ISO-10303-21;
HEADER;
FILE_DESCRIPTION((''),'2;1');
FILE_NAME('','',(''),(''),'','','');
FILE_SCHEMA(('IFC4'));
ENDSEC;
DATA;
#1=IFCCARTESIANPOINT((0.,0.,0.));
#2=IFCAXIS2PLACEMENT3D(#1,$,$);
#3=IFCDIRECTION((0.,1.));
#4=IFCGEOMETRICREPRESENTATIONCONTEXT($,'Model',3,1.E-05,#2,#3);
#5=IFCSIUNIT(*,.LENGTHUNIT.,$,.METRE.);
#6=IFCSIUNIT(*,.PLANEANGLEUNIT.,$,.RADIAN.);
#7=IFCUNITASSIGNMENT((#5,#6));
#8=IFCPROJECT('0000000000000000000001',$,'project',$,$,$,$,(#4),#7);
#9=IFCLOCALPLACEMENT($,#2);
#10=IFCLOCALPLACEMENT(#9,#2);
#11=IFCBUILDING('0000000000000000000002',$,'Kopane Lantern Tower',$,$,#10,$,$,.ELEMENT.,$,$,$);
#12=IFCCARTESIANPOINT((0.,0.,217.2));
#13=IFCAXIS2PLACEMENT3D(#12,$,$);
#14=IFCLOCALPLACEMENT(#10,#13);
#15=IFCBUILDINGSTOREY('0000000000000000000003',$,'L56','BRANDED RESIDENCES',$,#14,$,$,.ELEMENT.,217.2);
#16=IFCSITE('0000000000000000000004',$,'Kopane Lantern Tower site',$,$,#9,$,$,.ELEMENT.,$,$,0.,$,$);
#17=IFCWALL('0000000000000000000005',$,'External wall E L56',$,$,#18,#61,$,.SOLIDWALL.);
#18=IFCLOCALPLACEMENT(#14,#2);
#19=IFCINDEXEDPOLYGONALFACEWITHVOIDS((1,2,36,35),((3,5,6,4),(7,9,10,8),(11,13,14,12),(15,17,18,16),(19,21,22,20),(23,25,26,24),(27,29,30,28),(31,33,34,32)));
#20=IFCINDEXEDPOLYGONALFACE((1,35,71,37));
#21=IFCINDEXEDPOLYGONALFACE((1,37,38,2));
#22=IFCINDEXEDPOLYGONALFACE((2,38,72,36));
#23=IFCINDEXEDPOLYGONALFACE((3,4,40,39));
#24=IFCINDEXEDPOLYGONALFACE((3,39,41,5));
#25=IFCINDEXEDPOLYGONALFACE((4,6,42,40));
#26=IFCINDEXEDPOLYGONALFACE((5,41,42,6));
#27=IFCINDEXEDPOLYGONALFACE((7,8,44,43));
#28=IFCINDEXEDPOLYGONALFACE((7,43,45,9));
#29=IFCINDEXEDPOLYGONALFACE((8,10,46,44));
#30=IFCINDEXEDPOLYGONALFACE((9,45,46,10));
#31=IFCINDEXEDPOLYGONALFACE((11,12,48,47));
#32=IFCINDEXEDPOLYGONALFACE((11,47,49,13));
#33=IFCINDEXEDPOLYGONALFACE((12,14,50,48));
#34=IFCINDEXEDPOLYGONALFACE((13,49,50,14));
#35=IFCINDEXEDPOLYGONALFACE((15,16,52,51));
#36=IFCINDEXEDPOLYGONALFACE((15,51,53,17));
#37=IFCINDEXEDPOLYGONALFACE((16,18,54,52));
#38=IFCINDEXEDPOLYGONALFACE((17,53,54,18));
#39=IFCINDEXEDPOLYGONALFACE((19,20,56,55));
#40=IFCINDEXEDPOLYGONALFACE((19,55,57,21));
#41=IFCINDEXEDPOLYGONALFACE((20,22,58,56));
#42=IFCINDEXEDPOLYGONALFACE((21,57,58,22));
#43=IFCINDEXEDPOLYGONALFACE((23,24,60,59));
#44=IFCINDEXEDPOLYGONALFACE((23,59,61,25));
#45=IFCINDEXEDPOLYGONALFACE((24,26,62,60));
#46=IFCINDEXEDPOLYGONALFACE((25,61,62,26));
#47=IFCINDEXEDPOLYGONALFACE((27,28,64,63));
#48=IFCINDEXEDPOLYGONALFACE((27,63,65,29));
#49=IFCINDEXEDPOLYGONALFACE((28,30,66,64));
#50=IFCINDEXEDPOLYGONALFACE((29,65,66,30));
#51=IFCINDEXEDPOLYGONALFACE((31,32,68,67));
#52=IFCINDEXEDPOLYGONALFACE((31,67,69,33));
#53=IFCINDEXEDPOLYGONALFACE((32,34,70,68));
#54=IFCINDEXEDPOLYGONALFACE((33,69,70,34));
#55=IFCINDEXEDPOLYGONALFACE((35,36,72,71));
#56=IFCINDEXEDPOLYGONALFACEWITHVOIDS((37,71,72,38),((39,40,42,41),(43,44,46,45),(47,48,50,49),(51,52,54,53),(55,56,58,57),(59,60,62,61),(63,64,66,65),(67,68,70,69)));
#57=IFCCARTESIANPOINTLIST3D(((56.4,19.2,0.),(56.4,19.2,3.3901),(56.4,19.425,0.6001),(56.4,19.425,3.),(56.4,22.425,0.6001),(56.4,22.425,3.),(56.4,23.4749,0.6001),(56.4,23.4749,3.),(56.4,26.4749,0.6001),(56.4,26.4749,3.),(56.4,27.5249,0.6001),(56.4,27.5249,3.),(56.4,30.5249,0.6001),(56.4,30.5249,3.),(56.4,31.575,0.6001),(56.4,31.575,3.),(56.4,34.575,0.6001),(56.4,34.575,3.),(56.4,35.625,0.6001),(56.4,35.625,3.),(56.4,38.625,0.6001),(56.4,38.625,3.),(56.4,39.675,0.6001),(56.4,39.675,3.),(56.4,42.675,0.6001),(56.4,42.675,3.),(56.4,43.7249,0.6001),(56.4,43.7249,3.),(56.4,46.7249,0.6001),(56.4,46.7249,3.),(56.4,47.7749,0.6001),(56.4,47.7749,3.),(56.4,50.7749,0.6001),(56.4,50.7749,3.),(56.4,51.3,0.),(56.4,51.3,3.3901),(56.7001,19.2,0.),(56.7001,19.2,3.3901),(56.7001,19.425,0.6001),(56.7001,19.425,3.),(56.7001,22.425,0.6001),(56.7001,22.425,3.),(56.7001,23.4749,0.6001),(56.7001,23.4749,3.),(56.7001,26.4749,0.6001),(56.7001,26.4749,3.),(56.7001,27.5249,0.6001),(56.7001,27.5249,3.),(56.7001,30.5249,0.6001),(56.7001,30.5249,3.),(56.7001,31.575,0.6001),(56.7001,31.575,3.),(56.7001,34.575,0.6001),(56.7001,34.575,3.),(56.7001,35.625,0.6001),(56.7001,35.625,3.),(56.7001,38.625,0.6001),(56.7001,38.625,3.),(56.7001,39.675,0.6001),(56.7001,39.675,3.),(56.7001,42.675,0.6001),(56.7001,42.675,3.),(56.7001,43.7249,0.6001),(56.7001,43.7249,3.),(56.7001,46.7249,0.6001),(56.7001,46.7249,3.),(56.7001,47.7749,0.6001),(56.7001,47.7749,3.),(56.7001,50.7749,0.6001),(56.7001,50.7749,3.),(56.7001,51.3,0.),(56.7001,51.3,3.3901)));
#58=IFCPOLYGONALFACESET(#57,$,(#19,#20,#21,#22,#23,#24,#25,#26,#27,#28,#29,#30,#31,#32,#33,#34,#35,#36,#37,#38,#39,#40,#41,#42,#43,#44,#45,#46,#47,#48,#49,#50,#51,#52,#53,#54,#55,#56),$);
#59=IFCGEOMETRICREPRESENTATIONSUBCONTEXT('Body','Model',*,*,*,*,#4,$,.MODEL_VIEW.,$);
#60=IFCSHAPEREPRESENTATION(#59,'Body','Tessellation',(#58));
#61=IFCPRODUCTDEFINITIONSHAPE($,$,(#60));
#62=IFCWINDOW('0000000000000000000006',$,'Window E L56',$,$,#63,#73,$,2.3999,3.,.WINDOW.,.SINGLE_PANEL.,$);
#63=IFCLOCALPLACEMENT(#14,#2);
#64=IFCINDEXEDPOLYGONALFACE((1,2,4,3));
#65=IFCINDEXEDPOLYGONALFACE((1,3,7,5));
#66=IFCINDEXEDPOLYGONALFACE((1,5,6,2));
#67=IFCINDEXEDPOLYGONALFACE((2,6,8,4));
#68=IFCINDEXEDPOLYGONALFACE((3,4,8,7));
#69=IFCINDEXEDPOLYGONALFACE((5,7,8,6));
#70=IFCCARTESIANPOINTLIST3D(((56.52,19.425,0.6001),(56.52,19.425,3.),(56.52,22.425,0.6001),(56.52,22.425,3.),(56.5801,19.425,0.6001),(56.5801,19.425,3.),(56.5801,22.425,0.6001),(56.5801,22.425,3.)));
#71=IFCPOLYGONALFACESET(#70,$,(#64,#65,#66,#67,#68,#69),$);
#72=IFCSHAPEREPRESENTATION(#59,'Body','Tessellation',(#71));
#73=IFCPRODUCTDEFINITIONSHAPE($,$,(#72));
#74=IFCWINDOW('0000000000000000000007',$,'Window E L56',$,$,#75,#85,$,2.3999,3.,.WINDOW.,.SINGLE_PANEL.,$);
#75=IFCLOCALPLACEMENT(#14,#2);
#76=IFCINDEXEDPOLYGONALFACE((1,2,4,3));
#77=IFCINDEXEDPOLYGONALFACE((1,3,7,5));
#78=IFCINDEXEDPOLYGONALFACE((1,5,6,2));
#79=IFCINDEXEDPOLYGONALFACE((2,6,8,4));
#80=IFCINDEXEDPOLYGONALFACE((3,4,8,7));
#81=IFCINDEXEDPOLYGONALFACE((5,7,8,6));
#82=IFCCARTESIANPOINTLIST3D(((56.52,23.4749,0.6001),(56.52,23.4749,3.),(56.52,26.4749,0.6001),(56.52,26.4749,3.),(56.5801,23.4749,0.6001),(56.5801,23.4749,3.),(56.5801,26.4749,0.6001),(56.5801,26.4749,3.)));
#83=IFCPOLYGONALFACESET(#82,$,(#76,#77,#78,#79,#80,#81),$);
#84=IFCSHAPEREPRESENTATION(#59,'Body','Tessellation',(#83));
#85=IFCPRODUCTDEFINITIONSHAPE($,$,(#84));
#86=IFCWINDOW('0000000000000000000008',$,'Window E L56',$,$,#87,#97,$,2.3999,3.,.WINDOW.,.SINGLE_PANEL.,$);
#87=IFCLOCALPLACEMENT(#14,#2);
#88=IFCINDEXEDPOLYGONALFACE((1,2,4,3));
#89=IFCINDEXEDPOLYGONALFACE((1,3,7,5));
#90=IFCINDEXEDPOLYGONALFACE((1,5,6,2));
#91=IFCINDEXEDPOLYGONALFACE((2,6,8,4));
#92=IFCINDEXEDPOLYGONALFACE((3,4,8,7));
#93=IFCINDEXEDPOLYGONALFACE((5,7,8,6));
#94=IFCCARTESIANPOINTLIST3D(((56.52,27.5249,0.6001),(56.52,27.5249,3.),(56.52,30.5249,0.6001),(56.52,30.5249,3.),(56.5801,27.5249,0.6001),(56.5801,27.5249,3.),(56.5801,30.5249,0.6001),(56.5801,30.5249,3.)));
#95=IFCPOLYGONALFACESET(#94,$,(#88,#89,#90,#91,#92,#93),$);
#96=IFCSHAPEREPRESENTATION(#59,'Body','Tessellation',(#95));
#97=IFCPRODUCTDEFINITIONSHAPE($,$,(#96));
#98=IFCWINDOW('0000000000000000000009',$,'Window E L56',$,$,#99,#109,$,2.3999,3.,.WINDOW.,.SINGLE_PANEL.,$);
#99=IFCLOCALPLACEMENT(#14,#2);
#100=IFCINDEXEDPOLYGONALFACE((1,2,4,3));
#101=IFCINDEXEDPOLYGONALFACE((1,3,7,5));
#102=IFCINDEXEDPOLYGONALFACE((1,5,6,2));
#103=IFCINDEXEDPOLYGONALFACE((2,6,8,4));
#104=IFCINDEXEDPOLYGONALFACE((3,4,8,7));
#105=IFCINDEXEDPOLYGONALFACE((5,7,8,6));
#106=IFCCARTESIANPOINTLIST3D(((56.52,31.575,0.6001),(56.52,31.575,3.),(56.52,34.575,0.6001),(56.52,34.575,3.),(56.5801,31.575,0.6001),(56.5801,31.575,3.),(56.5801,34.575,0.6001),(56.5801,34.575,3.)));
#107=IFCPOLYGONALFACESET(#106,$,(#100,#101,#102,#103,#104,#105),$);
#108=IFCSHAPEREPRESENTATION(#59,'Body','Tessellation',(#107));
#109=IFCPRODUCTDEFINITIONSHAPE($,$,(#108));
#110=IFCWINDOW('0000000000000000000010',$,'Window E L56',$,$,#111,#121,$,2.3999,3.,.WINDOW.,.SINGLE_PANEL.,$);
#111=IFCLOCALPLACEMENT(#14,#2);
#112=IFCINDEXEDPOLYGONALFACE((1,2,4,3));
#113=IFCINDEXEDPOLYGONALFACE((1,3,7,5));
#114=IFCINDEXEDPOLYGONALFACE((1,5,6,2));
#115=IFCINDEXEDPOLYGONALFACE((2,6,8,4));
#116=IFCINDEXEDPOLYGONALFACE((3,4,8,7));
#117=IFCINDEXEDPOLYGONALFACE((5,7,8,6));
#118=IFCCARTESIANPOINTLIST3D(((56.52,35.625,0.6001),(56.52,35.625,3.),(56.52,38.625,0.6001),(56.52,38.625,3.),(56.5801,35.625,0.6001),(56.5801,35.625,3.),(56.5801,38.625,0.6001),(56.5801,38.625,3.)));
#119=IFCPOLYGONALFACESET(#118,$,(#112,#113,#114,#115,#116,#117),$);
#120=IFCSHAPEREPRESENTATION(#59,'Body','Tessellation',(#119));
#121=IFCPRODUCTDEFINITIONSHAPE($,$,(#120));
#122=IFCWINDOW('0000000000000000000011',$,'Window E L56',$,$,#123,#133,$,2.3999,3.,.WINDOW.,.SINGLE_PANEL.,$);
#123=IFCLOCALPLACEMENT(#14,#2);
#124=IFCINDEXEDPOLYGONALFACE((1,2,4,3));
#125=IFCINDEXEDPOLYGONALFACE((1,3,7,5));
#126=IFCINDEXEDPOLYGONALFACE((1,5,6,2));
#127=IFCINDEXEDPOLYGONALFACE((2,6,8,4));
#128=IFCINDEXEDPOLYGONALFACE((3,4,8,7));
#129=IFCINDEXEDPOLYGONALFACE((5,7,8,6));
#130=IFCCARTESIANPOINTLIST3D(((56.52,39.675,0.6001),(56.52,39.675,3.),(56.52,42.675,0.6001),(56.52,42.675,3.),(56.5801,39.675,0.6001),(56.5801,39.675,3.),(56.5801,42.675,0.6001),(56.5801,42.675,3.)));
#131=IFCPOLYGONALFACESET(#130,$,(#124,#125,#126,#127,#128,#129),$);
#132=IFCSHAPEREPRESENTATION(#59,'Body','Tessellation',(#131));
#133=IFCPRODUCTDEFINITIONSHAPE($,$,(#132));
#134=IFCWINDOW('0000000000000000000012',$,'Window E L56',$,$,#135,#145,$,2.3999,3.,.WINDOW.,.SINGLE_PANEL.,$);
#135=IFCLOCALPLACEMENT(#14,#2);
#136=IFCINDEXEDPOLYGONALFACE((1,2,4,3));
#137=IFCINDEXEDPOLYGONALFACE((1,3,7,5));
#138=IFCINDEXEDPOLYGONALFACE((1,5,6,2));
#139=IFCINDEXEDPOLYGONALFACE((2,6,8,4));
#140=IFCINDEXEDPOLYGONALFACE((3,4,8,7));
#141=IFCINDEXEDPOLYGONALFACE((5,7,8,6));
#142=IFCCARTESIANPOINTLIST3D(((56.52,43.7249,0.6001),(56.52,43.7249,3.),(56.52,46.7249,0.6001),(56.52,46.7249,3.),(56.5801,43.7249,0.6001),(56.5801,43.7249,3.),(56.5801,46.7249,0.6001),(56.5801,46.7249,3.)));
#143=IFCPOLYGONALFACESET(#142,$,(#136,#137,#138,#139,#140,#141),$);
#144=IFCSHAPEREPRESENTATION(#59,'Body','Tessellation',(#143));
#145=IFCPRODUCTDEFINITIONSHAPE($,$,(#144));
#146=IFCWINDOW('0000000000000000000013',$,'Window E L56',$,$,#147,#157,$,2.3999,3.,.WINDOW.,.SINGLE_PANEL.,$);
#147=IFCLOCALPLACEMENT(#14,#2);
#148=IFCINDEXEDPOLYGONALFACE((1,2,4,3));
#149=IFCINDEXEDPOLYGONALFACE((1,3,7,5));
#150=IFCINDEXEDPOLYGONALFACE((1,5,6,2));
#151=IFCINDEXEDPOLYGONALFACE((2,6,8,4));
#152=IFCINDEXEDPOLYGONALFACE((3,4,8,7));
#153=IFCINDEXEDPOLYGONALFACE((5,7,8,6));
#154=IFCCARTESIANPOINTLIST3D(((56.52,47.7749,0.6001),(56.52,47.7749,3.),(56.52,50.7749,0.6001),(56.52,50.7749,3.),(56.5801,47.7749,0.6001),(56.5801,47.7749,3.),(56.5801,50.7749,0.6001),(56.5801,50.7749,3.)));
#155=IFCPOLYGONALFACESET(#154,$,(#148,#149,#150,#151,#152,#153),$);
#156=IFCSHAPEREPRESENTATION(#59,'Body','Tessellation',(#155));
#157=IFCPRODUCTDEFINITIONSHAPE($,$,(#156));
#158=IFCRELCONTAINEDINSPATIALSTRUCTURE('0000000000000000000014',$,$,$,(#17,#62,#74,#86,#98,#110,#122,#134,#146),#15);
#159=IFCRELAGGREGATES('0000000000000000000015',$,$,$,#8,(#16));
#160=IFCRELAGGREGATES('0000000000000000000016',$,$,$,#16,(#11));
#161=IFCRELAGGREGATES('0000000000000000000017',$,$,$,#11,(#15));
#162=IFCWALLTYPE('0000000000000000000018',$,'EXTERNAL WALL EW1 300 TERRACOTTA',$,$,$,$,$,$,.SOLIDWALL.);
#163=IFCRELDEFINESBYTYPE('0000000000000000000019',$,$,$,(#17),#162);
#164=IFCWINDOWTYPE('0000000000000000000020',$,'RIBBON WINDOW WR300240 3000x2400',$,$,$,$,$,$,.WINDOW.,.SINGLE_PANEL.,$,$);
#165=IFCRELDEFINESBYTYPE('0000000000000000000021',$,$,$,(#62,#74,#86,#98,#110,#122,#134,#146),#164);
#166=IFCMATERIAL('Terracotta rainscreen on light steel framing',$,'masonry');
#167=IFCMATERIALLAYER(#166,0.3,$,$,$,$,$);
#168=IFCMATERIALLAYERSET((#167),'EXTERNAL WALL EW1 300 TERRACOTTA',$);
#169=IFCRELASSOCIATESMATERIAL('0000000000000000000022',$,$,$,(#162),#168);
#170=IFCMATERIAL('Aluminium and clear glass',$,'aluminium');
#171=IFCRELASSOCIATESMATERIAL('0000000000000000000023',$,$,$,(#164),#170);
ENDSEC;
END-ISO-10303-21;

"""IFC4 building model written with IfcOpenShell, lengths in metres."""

from ifc_helpers import new_model, si_unit, direction, frame, frame_2d, origin, place, context, subcontext, project, spatial, rectangle, extrude, material, layer, layer_set, type_object, element, fill, save


model = new_model("IFC4")

# Units and contexts
model_context = context("Model", 3, precision=1e-05, world=origin(), true_north=direction((0.0, 1.0)))
body_context = subcontext(model_context, "Body", "Model", "MODEL_VIEW")
ifc_project = project(units=[si_unit("LENGTHUNIT", "METRE"), si_unit("PLANEANGLEUNIT", "RADIAN")], contexts=[model_context])

# Site, building, storey
site_placement = place(None, origin())
site = spatial("IfcSite", under=ifc_project, at=site_placement, Name="Kopane Lantern Tower site", CompositionType="ELEMENT", RefElevation=0.0)
building_placement = place(site_placement, origin())
building = spatial("IfcBuilding", under=site, at=building_placement, Name="Kopane Lantern Tower", CompositionType="ELEMENT")
storey_placement = place(building_placement, frame((0.0, 0.0, 217.2)))
storey = spatial("IfcBuildingStorey", under=building, at=storey_placement, Name="L56", Description="BRANDED RESIDENCES", CompositionType="ELEMENT", Elevation=217.2)

# Shared definitions
ifc_material_1 = material(Name="Terracotta rainscreen on light steel framing", Category="masonry")
ifc_layer_1 = layer(ifc_material_1, 0.3)
ifc_layer_set_1 = layer_set([ifc_layer_1], Name="EXTERNAL WALL EW1 300 TERRACOTTA")
wall_type_1 = type_object("IfcWallType", Name="EXTERNAL WALL EW1 300 TERRACOTTA", PredefinedType="SOLIDWALL", material=ifc_layer_set_1)

# Wall, openings, windows
wall_1_placement = place(storey_placement, frame((56.55, 19.2, 0.0), z_axis=(0.0, 0.0, 1.0), x_axis=(0.0, 1.0, 0.0)))
wall_1 = element("IfcWall", 1, at=wall_1_placement, inside=storey, type_object=wall_type_1, Name="External wall E L56", PredefinedType="SOLIDWALL", context=body_context, shape_type="SweptSolid", body=[
    extrude(rectangle(XDim=32.1001, YDim=0.3, at=frame_2d((16.05, 0.0))), origin(), (0.0, 0.0, 1.0), 3.3901),
])
opening_1_placement = place(wall_1_placement, frame((0.2251, 0.0, 0.6001)))
opening_1 = element("IfcOpeningElement", 2, at=opening_1_placement, cuts=wall_1, PredefinedType="OPENING", context=body_context, shape_type="SweptSolid", body=[
    extrude(rectangle(XDim=3.0, YDim=2.3999, at=frame_2d((1.5, 1.2))), frame((0.0, 0.1599, 0.0), z_axis=(0.0, -1.0, 0.0), x_axis=(1.0, 0.0, 0.0)), (0.0, 0.0, 1.0), 0.3201),
])
opening_2_placement = place(wall_1_placement, frame((4.2749, 0.0, 0.6001)))
opening_2 = element("IfcOpeningElement", 3, at=opening_2_placement, cuts=wall_1, PredefinedType="OPENING", context=body_context, shape_type="SweptSolid", body=[
    extrude(rectangle(XDim=3.0, YDim=2.3999, at=frame_2d((1.5, 1.2))), frame((0.0, 0.1599, 0.0), z_axis=(0.0, -1.0, 0.0), x_axis=(1.0, 0.0, 0.0)), (0.0, 0.0, 1.0), 0.3201),
])
opening_3_placement = place(wall_1_placement, frame((8.325, 0.0, 0.6001)))
opening_3 = element("IfcOpeningElement", 4, at=opening_3_placement, cuts=wall_1, PredefinedType="OPENING", context=body_context, shape_type="SweptSolid", body=[
    extrude(rectangle(XDim=3.0, YDim=2.3999, at=frame_2d((1.5, 1.2))), frame((0.0, 0.1599, 0.0), z_axis=(0.0, -1.0, 0.0), x_axis=(1.0, 0.0, 0.0)), (0.0, 0.0, 1.0), 0.3201),
])
opening_4_placement = place(wall_1_placement, frame((12.375, 0.0, 0.6001)))
opening_4 = element("IfcOpeningElement", 5, at=opening_4_placement, cuts=wall_1, PredefinedType="OPENING", context=body_context, shape_type="SweptSolid", body=[
    extrude(rectangle(XDim=3.0, YDim=2.3999, at=frame_2d((1.5, 1.2))), frame((0.0, 0.1599, 0.0), z_axis=(0.0, -1.0, 0.0), x_axis=(1.0, 0.0, 0.0)), (0.0, 0.0, 1.0), 0.3201),
])
opening_5_placement = place(wall_1_placement, frame((16.425, 0.0, 0.6001)))
opening_5 = element("IfcOpeningElement", 6, at=opening_5_placement, cuts=wall_1, PredefinedType="OPENING", context=body_context, shape_type="SweptSolid", body=[
    extrude(rectangle(XDim=3.0, YDim=2.3999, at=frame_2d((1.5, 1.2))), frame((0.0, 0.1599, 0.0), z_axis=(0.0, -1.0, 0.0), x_axis=(1.0, 0.0, 0.0)), (0.0, 0.0, 1.0), 0.3201),
])
opening_6_placement = place(wall_1_placement, frame((20.4751, 0.0, 0.6001)))
opening_6 = element("IfcOpeningElement", 7, at=opening_6_placement, cuts=wall_1, PredefinedType="OPENING", context=body_context, shape_type="SweptSolid", body=[
    extrude(rectangle(XDim=3.0, YDim=2.3999, at=frame_2d((1.5, 1.2))), frame((0.0, 0.1599, 0.0), z_axis=(0.0, -1.0, 0.0), x_axis=(1.0, 0.0, 0.0)), (0.0, 0.0, 1.0), 0.3201),
])
opening_7_placement = place(wall_1_placement, frame((24.5249, 0.0, 0.6001)))
opening_7 = element("IfcOpeningElement", 8, at=opening_7_placement, cuts=wall_1, PredefinedType="OPENING", context=body_context, shape_type="SweptSolid", body=[
    extrude(rectangle(XDim=3.0, YDim=2.3999, at=frame_2d((1.5, 1.2))), frame((0.0, 0.1599, 0.0), z_axis=(0.0, -1.0, 0.0), x_axis=(1.0, 0.0, 0.0)), (0.0, 0.0, 1.0), 0.3201),
])
opening_8_placement = place(wall_1_placement, frame((28.575, 0.0, 0.6001)))
opening_8 = element("IfcOpeningElement", 9, at=opening_8_placement, cuts=wall_1, PredefinedType="OPENING", context=body_context, shape_type="SweptSolid", body=[
    extrude(rectangle(XDim=3.0, YDim=2.3999, at=frame_2d((1.5, 1.2))), frame((0.0, 0.1599, 0.0), z_axis=(0.0, -1.0, 0.0), x_axis=(1.0, 0.0, 0.0)), (0.0, 0.0, 1.0), 0.3201),
])
ifc_material_2 = material(Name="Aluminium and clear glass", Category="aluminium")
window_type_1 = type_object("IfcWindowType", Name="RIBBON WINDOW WR300240 3000x2400", PartitioningType="SINGLE_PANEL", PredefinedType="WINDOW", material=ifc_material_2)
window_1_placement = place(opening_1_placement, origin())
window_1 = element("IfcWindow", 10, at=window_1_placement, inside=storey, type_object=window_type_1, Name="Window E L56", OverallHeight=2.3999, OverallWidth=3.0, PartitioningType="SINGLE_PANEL", PredefinedType="WINDOW", context=body_context, shape_type="SweptSolid", body=[
    extrude(rectangle(XDim=3.0, YDim=2.3999, at=frame_2d((1.5, 1.2))), frame((0.0, 0.03, 0.0), z_axis=(0.0, -1.0, 0.0), x_axis=(1.0, 0.0, 0.0)), (0.0, 0.0, 1.0), 0.0601),
])
fill(opening_1, window_1)
window_2_placement = place(opening_2_placement, origin())
window_2 = element("IfcWindow", 11, at=window_2_placement, inside=storey, type_object=window_type_1, Name="Window E L56", OverallHeight=2.3999, OverallWidth=3.0, PartitioningType="SINGLE_PANEL", PredefinedType="WINDOW", context=body_context, shape_type="SweptSolid", body=[
    extrude(rectangle(XDim=3.0, YDim=2.3999, at=frame_2d((1.5, 1.2))), frame((0.0, 0.03, 0.0), z_axis=(0.0, -1.0, 0.0), x_axis=(1.0, 0.0, 0.0)), (0.0, 0.0, 1.0), 0.0601),
])
fill(opening_2, window_2)
window_3_placement = place(opening_3_placement, origin())
window_3 = element("IfcWindow", 12, at=window_3_placement, inside=storey, type_object=window_type_1, Name="Window E L56", OverallHeight=2.3999, OverallWidth=3.0, PartitioningType="SINGLE_PANEL", PredefinedType="WINDOW", context=body_context, shape_type="SweptSolid", body=[
    extrude(rectangle(XDim=3.0, YDim=2.3999, at=frame_2d((1.5, 1.2))), frame((0.0, 0.03, 0.0), z_axis=(0.0, -1.0, 0.0), x_axis=(1.0, 0.0, 0.0)), (0.0, 0.0, 1.0), 0.0601),
])
fill(opening_3, window_3)
window_4_placement = place(opening_4_placement, origin())
window_4 = element("IfcWindow", 13, at=window_4_placement, inside=storey, type_object=window_type_1, Name="Window E L56", OverallHeight=2.3999, OverallWidth=3.0, PartitioningType="SINGLE_PANEL", PredefinedType="WINDOW", context=body_context, shape_type="SweptSolid", body=[
    extrude(rectangle(XDim=3.0, YDim=2.3999, at=frame_2d((1.5, 1.2))), frame((0.0, 0.03, 0.0), z_axis=(0.0, -1.0, 0.0), x_axis=(1.0, 0.0, 0.0)), (0.0, 0.0, 1.0), 0.0601),
])
fill(opening_4, window_4)
window_5_placement = place(opening_5_placement, origin())
window_5 = element("IfcWindow", 14, at=window_5_placement, inside=storey, type_object=window_type_1, Name="Window E L56", OverallHeight=2.3999, OverallWidth=3.0, PartitioningType="SINGLE_PANEL", PredefinedType="WINDOW", context=body_context, shape_type="SweptSolid", body=[
    extrude(rectangle(XDim=3.0, YDim=2.3999, at=frame_2d((1.5, 1.2))), frame((0.0, 0.03, 0.0), z_axis=(0.0, -1.0, 0.0), x_axis=(1.0, 0.0, 0.0)), (0.0, 0.0, 1.0), 0.0601),
])
fill(opening_5, window_5)
window_6_placement = place(opening_6_placement, origin())
window_6 = element("IfcWindow", 15, at=window_6_placement, inside=storey, type_object=window_type_1, Name="Window E L56", OverallHeight=2.3999, OverallWidth=3.0, PartitioningType="SINGLE_PANEL", PredefinedType="WINDOW", context=body_context, shape_type="SweptSolid", body=[
    extrude(rectangle(XDim=3.0, YDim=2.3999, at=frame_2d((1.5, 1.2))), frame((0.0, 0.03, 0.0), z_axis=(0.0, -1.0, 0.0), x_axis=(1.0, 0.0, 0.0)), (0.0, 0.0, 1.0), 0.0601),
])
fill(opening_6, window_6)
window_7_placement = place(opening_7_placement, origin())
window_7 = element("IfcWindow", 16, at=window_7_placement, inside=storey, type_object=window_type_1, Name="Window E L56", OverallHeight=2.3999, OverallWidth=3.0, PartitioningType="SINGLE_PANEL", PredefinedType="WINDOW", context=body_context, shape_type="SweptSolid", body=[
    extrude(rectangle(XDim=3.0, YDim=2.3999, at=frame_2d((1.5, 1.2))), frame((0.0, 0.03, 0.0), z_axis=(0.0, -1.0, 0.0), x_axis=(1.0, 0.0, 0.0)), (0.0, 0.0, 1.0), 0.0601),
])
fill(opening_7, window_7)
window_8_placement = place(opening_8_placement, origin())
window_8 = element("IfcWindow", 17, at=window_8_placement, inside=storey, type_object=window_type_1, Name="Window E L56", OverallHeight=2.3999, OverallWidth=3.0, PartitioningType="SINGLE_PANEL", PredefinedType="WINDOW", context=body_context, shape_type="SweptSolid", body=[
    extrude(rectangle(XDim=3.0, YDim=2.3999, at=frame_2d((1.5, 1.2))), frame((0.0, 0.03, 0.0), z_axis=(0.0, -1.0, 0.0), x_axis=(1.0, 0.0, 0.0)), (0.0, 0.0, 1.0), 0.0601),
])
fill(opening_8, window_8)

save(model, "model.ifc")
